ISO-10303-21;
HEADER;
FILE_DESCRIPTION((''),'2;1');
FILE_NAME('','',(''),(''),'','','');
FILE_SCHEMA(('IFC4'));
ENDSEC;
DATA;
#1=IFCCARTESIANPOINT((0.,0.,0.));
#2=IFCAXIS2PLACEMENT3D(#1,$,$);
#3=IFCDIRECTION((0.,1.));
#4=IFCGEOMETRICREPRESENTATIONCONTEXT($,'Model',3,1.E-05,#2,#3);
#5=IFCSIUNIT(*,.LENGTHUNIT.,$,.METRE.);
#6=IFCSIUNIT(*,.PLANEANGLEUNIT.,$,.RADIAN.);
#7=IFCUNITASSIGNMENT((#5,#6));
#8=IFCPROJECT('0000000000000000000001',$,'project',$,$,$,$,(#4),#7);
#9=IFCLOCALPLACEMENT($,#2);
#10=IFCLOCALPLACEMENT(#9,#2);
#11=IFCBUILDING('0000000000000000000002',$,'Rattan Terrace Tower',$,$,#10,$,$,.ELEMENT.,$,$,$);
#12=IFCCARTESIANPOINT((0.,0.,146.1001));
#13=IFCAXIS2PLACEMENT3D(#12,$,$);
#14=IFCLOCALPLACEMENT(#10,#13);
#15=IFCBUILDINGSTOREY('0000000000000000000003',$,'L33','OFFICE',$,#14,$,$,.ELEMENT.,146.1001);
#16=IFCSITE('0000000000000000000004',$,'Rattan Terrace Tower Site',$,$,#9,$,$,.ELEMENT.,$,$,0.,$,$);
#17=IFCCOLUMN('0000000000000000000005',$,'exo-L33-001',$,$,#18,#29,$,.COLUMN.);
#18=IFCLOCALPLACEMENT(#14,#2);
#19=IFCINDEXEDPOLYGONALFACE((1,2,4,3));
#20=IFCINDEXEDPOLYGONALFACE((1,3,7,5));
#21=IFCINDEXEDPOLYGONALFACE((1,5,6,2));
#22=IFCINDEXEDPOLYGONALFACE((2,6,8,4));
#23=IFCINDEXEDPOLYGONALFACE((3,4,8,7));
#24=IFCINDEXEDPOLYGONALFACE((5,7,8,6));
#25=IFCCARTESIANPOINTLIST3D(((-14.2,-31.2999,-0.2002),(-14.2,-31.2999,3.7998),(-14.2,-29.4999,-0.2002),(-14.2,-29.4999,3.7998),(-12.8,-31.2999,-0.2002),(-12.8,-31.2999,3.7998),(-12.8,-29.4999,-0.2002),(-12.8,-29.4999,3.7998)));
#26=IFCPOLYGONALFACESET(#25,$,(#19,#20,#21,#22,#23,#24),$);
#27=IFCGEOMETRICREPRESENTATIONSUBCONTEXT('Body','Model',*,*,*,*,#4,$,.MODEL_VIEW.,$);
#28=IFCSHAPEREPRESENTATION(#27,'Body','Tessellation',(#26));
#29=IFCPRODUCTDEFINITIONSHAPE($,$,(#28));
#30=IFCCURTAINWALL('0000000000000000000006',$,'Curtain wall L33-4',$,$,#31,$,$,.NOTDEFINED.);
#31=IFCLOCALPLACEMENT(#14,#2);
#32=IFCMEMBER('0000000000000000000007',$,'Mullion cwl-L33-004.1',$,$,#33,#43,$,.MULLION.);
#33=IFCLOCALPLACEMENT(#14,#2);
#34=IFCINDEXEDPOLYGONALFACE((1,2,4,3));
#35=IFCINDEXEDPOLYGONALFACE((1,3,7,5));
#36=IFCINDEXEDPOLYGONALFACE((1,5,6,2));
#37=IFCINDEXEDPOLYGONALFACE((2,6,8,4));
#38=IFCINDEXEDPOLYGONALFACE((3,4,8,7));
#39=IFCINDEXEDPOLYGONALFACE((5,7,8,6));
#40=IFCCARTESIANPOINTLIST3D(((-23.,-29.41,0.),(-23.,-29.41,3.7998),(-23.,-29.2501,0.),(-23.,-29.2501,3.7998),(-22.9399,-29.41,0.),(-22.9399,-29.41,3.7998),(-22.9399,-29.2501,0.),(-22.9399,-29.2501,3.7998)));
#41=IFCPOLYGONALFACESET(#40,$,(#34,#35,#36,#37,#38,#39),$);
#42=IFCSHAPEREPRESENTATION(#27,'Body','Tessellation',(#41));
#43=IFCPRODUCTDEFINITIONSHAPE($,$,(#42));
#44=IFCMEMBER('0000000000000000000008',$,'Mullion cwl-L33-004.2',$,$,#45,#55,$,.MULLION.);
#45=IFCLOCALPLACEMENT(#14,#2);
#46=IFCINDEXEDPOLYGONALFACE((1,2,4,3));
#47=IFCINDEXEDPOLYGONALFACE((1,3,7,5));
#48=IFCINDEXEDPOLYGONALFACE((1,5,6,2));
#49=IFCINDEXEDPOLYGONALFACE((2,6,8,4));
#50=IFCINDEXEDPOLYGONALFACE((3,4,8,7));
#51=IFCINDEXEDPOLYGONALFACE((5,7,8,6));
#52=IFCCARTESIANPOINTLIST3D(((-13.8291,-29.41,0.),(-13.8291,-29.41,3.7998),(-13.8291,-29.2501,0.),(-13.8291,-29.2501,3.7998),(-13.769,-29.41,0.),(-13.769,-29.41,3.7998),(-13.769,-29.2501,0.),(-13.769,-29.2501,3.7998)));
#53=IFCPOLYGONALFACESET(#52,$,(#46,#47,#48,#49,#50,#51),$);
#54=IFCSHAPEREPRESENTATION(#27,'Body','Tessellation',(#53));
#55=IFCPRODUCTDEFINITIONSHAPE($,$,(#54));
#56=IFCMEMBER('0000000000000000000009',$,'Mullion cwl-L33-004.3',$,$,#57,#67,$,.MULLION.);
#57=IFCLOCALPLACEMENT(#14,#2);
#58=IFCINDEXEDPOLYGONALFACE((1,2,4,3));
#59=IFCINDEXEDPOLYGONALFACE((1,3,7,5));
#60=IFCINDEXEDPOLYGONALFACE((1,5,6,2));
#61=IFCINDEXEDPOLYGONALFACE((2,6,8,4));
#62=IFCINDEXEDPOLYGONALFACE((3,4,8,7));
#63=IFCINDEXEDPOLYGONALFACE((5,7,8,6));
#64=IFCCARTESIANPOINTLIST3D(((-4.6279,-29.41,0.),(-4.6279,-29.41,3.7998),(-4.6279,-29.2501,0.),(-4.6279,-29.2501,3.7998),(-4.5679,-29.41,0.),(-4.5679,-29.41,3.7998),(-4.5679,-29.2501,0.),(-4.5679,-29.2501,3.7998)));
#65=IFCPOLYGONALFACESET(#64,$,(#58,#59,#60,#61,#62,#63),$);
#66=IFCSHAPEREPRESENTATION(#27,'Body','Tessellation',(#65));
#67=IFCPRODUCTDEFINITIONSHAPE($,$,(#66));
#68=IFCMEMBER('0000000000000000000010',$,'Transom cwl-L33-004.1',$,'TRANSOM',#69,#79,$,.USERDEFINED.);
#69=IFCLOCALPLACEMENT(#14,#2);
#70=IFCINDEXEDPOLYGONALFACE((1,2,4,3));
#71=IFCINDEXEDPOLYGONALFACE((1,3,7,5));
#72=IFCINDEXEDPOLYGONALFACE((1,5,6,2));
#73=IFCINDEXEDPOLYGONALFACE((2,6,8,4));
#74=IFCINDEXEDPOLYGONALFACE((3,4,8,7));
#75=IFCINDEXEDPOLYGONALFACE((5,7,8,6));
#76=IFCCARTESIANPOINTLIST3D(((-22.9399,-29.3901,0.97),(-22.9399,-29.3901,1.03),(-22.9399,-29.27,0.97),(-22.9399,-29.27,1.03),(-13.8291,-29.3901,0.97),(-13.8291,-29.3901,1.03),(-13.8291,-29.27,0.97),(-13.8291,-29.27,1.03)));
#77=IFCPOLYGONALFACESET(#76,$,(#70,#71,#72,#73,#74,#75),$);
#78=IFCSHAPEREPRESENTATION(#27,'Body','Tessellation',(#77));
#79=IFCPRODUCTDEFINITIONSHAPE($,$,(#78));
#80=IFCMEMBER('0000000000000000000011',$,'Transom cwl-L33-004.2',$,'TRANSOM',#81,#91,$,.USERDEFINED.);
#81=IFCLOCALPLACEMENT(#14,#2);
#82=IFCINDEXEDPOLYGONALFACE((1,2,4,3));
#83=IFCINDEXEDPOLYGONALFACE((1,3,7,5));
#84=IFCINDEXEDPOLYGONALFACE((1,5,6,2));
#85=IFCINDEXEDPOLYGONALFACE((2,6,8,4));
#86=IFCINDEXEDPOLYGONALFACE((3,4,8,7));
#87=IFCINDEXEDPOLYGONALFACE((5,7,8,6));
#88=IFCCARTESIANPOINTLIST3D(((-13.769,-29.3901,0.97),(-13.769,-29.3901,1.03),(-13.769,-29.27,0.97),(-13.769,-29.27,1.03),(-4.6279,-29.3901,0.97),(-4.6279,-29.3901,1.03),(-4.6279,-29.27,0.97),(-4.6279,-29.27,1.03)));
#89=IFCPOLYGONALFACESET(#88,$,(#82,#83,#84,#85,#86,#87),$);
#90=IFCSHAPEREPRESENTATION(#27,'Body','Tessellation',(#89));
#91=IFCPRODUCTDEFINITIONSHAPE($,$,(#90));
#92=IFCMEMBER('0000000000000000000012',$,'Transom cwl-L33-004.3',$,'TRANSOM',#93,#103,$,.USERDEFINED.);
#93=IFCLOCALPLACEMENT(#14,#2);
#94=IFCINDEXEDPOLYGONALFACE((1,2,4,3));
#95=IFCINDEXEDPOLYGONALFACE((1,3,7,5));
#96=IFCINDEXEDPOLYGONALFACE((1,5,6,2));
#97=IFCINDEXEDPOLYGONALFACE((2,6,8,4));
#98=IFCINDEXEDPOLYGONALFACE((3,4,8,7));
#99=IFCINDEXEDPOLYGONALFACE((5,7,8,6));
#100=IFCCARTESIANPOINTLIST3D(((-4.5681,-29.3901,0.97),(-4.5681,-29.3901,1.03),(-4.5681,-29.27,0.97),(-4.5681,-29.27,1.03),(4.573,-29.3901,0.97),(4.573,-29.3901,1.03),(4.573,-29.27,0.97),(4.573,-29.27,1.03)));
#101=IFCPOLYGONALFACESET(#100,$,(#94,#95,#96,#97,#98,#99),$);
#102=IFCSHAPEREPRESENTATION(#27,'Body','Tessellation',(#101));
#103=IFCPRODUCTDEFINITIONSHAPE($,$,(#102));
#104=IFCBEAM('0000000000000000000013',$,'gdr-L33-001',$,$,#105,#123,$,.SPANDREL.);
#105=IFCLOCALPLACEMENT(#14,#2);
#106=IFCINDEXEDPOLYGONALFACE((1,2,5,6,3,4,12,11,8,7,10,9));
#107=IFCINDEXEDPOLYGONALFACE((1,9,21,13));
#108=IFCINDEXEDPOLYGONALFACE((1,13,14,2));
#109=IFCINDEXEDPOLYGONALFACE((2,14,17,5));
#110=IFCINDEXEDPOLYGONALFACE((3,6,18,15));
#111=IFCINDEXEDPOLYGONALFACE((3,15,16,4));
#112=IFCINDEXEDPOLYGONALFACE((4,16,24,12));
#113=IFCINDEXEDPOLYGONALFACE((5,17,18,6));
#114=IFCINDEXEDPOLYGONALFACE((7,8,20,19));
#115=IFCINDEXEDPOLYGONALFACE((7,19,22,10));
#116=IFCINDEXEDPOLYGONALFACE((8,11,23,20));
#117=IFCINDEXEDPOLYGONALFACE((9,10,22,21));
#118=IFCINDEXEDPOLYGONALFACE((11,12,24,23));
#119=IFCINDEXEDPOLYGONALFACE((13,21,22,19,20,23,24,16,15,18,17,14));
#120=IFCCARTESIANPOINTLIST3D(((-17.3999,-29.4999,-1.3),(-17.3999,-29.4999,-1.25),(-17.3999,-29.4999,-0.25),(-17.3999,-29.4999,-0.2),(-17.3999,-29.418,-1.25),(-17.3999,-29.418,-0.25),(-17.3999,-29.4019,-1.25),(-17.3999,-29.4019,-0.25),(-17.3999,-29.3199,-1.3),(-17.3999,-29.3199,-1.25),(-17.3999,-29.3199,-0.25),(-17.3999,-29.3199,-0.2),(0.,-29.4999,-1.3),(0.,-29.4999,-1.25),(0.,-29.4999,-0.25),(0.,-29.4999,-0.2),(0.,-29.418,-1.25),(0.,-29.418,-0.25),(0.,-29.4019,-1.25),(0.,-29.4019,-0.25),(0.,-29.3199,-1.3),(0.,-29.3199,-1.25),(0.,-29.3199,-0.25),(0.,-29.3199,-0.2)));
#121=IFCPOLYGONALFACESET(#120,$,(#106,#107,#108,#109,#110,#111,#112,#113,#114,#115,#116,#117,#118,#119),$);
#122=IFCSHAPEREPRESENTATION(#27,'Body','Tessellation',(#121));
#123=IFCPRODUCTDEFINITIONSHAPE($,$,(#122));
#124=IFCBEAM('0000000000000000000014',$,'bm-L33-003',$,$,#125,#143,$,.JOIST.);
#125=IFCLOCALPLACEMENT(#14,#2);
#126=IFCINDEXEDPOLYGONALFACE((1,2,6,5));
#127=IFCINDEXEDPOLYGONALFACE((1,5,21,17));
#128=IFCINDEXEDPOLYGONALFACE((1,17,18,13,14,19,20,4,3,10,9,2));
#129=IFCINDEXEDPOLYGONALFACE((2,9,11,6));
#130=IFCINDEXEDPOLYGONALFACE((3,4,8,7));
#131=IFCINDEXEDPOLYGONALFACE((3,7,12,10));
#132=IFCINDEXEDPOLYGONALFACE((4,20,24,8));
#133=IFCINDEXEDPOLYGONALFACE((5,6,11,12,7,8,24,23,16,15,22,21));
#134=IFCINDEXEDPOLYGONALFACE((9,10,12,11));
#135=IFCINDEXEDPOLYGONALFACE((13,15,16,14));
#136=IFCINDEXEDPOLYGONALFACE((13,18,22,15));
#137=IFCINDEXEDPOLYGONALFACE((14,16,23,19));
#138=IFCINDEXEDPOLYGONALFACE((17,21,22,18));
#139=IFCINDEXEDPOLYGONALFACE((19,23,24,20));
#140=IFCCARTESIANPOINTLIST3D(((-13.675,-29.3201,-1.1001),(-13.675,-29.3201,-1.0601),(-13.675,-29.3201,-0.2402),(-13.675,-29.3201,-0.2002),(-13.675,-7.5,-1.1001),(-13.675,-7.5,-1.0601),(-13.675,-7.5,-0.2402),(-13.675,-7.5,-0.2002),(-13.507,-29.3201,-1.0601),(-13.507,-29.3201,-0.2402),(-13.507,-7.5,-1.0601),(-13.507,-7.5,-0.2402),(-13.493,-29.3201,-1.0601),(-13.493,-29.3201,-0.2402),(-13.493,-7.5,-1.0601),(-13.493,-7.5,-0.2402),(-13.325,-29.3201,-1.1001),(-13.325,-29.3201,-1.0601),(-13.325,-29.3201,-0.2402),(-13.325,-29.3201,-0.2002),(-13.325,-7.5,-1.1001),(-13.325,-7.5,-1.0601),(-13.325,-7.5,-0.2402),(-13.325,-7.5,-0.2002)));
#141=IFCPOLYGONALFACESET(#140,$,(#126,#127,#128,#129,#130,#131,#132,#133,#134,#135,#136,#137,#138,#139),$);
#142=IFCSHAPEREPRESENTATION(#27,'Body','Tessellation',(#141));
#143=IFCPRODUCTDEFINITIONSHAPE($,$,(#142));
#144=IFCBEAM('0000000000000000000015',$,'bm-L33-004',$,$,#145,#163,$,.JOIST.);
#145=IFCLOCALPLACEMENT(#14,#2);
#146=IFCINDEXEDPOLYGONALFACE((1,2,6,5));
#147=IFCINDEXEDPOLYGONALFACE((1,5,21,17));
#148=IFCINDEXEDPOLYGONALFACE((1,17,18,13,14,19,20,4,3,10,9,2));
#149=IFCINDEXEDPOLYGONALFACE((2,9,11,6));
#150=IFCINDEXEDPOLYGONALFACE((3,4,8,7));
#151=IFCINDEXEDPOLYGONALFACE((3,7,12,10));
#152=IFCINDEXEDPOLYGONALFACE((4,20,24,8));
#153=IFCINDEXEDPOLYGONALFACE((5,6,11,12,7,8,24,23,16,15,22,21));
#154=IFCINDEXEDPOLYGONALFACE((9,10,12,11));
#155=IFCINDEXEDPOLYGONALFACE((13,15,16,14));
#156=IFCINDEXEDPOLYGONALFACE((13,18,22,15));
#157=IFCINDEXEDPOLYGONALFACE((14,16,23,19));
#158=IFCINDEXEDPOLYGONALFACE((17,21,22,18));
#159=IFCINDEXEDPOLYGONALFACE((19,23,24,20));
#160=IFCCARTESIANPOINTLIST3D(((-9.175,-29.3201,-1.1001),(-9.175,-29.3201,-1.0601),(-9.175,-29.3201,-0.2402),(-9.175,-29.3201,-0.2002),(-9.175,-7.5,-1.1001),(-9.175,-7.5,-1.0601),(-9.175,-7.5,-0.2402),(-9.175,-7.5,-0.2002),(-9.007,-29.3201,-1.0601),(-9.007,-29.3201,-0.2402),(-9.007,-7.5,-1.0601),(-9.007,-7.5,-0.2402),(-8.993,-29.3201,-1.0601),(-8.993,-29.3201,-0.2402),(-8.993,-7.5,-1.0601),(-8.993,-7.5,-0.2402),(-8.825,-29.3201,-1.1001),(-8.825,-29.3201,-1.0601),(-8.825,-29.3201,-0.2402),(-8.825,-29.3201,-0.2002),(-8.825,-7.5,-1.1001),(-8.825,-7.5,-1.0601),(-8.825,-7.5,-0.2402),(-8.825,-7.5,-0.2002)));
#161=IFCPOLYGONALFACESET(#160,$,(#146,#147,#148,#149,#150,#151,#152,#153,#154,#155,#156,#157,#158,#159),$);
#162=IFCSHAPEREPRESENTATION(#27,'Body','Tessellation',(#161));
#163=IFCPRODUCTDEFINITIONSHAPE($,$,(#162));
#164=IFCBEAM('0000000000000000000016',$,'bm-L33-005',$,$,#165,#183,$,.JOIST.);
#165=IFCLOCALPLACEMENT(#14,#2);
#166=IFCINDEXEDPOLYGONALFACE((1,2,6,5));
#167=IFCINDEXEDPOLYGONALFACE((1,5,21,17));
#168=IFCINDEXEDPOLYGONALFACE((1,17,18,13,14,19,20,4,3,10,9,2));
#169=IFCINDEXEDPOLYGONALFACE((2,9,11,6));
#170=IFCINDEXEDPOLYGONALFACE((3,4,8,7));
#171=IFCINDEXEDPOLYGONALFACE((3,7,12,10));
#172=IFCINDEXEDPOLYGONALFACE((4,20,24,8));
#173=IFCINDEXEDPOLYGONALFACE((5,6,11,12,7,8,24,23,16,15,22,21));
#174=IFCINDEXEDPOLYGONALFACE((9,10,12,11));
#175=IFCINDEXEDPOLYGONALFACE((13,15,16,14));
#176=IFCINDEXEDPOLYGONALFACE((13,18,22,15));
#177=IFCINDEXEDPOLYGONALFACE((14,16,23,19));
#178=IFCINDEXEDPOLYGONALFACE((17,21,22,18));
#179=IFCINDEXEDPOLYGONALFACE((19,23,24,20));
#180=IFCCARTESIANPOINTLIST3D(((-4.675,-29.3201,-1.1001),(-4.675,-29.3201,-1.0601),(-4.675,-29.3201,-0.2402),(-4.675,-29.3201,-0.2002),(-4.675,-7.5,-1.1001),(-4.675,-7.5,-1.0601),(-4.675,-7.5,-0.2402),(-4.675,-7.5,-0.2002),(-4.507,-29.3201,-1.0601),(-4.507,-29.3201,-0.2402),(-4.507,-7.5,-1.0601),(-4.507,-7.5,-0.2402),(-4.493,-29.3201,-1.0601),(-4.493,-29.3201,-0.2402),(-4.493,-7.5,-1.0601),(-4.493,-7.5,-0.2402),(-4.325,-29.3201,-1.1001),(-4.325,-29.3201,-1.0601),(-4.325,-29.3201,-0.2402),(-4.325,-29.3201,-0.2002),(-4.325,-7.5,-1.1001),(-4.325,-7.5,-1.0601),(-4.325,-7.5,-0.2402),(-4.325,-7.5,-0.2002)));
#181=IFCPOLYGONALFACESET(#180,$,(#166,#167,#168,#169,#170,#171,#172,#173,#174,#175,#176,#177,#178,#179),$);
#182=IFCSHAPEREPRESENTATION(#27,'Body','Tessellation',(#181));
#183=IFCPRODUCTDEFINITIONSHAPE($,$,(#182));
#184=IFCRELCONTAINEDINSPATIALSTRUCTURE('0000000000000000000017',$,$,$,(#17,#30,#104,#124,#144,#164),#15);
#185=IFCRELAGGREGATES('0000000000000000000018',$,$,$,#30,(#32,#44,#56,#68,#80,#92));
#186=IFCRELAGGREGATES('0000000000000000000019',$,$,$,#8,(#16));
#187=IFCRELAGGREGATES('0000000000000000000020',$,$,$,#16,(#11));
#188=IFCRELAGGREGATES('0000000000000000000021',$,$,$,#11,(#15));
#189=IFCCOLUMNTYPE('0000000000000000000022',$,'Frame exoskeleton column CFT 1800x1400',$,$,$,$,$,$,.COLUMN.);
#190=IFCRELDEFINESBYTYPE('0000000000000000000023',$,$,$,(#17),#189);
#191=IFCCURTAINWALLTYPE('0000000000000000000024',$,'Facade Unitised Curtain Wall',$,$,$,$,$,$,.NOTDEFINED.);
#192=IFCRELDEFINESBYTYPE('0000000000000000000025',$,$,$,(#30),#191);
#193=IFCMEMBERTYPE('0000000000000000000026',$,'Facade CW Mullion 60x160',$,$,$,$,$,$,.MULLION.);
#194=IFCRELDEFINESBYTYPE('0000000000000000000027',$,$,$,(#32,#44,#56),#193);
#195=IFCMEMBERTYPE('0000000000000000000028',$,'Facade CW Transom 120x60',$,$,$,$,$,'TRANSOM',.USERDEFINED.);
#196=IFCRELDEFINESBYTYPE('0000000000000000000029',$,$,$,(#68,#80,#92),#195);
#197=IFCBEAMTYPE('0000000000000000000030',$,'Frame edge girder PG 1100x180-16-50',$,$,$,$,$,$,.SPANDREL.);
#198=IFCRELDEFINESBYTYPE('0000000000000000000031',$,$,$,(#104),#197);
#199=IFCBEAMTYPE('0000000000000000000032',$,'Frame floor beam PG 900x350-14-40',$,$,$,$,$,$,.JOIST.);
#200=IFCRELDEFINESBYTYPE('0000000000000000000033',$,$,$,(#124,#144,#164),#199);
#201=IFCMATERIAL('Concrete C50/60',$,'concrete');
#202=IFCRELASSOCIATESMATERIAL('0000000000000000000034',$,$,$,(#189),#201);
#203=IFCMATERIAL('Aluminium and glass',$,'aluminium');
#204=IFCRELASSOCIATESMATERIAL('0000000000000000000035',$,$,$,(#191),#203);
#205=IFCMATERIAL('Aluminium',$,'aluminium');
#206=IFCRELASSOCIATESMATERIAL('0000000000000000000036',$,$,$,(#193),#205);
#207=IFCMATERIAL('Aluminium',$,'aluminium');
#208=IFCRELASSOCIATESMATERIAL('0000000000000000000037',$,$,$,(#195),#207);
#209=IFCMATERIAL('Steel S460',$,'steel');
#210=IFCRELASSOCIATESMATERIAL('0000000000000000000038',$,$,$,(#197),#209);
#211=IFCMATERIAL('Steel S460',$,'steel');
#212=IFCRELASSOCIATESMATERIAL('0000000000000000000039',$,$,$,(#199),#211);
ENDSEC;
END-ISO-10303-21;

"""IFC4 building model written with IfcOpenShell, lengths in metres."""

from ifc_helpers import new_model, si_unit, direction, frame, origin, origin_2d, place, context, subcontext, project, spatial, rectangle, i_section, extrude, material, material_profile, profile_set, type_object, element, aggregate, save


model = new_model("IFC4")

# Units and contexts
model_context = context("Model", 3, precision=1e-05, world=origin(), true_north=direction((0.0, 1.0)))
body_context = subcontext(model_context, "Body", "Model", "MODEL_VIEW")
ifc_project = project(units=[si_unit("LENGTHUNIT", "METRE"), si_unit("PLANEANGLEUNIT", "RADIAN")], contexts=[model_context])

# Site, building, storey
site_placement = place(None, origin())
site = spatial("IfcSite", under=ifc_project, at=site_placement, Name="Rattan Terrace Tower Site", CompositionType="ELEMENT", RefElevation=0.0)
building_placement = place(site_placement, origin())
building = spatial("IfcBuilding", under=site, at=building_placement, Name="Rattan Terrace Tower", CompositionType="ELEMENT")
storey_placement = place(building_placement, frame((0.0, 0.0, 146.1001)))
storey = spatial("IfcBuildingStorey", under=building, at=storey_placement, Name="L33", Description="OFFICE", CompositionType="ELEMENT", Elevation=146.1001)

# Column
ifc_material_1 = material(Name="Concrete C50/60", Category="concrete")
ifc_material_profile_1 = material_profile(ifc_material_1, rectangle(XDim=1.3999, YDim=1.8, at=origin_2d()), Name="CFT 1800x1400")
ifc_profile_set_1 = profile_set([ifc_material_profile_1], Name="Concrete C50/60")
column_type = type_object("IfcColumnType", Name="Frame exoskeleton column CFT 1800x1400", PredefinedType="COLUMN", material=ifc_profile_set_1)
column_placement = place(storey_placement, frame((-13.5, -30.3999, -0.2002), z_axis=(0.0, 0.0, 1.0), x_axis=(1.0, 0.0, 0.0)))
element("IfcColumn", 1, at=column_placement, inside=storey, type_object=column_type, Name="exo-L33-001", PredefinedType="COLUMN", context=body_context, shape_type="SweptSolid", body=[
    extrude(rectangle(XDim=1.3999, YDim=1.8, at=origin_2d()), origin(), (0.0, 0.0, 1.0), 4.0),
])

# Curtain wall, members
ifc_material_2 = material(Name="Aluminium and glass", Category="aluminium")
curtain_wall_type = type_object("IfcCurtainWallType", Name="Facade Unitised Curtain Wall", PredefinedType="NOTDEFINED", material=ifc_material_2)
curtain_wall_placement = place(storey_placement, origin())
curtain_wall = element("IfcCurtainWall", 2, at=curtain_wall_placement, inside=storey, type_object=curtain_wall_type, Name="Curtain wall L33-4", PredefinedType="NOTDEFINED")
ifc_material_3 = material(Name="Aluminium", Category="aluminium")
ifc_material_profile_2 = material_profile(ifc_material_3, rectangle(XDim=0.0601, YDim=0.1599, at=origin_2d()), Name="Aluminium 60x160")
ifc_profile_set_2 = profile_set([ifc_material_profile_2], Name="Aluminium")
member_type_1 = type_object("IfcMemberType", Name="Facade CW Mullion 60x160", PredefinedType="MULLION", material=ifc_profile_set_2)
member_1_placement = place(storey_placement, frame((-22.97, -29.3301, 0.0), z_axis=(0.0, 0.0, 1.0), x_axis=(1.0, 0.0, 0.0)))
member_1 = element("IfcMember", 3, at=member_1_placement, type_object=member_type_1, Name="Mullion cwl-L33-004.1", PredefinedType="MULLION", context=body_context, shape_type="SweptSolid", body=[
    extrude(rectangle(XDim=0.0601, YDim=0.1599, at=origin_2d()), origin(), (0.0, 0.0, 1.0), 3.7998),
])
member_2_placement = place(storey_placement, frame((-13.7991, -29.3301, 0.0), z_axis=(0.0, 0.0, 1.0), x_axis=(1.0, 0.0, 0.0)))
member_2 = element("IfcMember", 4, at=member_2_placement, type_object=member_type_1, Name="Mullion cwl-L33-004.2", PredefinedType="MULLION", context=body_context, shape_type="SweptSolid", body=[
    extrude(rectangle(XDim=0.0601, YDim=0.1599, at=origin_2d()), origin(), (0.0, 0.0, 1.0), 3.7998),
])
member_3_placement = place(storey_placement, frame((-4.5979, -29.3301, 0.0), z_axis=(0.0, 0.0, 1.0), x_axis=(1.0, 0.0, 0.0)))
member_3 = element("IfcMember", 5, at=member_3_placement, type_object=member_type_1, Name="Mullion cwl-L33-004.3", PredefinedType="MULLION", context=body_context, shape_type="SweptSolid", body=[
    extrude(rectangle(XDim=0.0601, YDim=0.1599, at=origin_2d()), origin(), (0.0, 0.0, 1.0), 3.7998),
])
ifc_material_4 = material(Name="Aluminium", Category="aluminium")
ifc_material_profile_3 = material_profile(ifc_material_4, rectangle(XDim=0.1201, YDim=0.0601, at=origin_2d()), Name="Aluminium 120x60")
ifc_profile_set_3 = profile_set([ifc_material_profile_3], Name="Aluminium")
member_type_2 = type_object("IfcMemberType", Name="Facade CW Transom 120x60", ElementType="TRANSOM", PredefinedType="USERDEFINED", material=ifc_profile_set_3)
member_4_placement = place(storey_placement, frame((-22.9399, -29.3301, 1.0), z_axis=(1.0, 0.0, 0.0), x_axis=(0.0, 1.0, 0.0)))
member_4 = element("IfcMember", 6, at=member_4_placement, type_object=member_type_2, Name="Transom cwl-L33-004.1", ObjectType="TRANSOM", PredefinedType="USERDEFINED", context=body_context, shape_type="SweptSolid", body=[
    extrude(rectangle(XDim=0.1201, YDim=0.0601, at=origin_2d()), origin(), (0.0, 0.0, 1.0), 9.1108),
])
member_5_placement = place(storey_placement, frame((-13.769, -29.3301, 1.0), z_axis=(1.0, 0.0, 0.0), x_axis=(0.0, 1.0, 0.0)))
member_5 = element("IfcMember", 7, at=member_5_placement, type_object=member_type_2, Name="Transom cwl-L33-004.2", ObjectType="TRANSOM", PredefinedType="USERDEFINED", context=body_context, shape_type="SweptSolid", body=[
    extrude(rectangle(XDim=0.1201, YDim=0.0601, at=origin_2d()), origin(), (0.0, 0.0, 1.0), 9.1411),
])
member_6_placement = place(storey_placement, frame((-4.5681, -29.3301, 1.0), z_axis=(1.0, 0.0, 0.0), x_axis=(0.0, 1.0, 0.0)))
member_6 = element("IfcMember", 8, at=member_6_placement, type_object=member_type_2, Name="Transom cwl-L33-004.3", ObjectType="TRANSOM", PredefinedType="USERDEFINED", context=body_context, shape_type="SweptSolid", body=[
    extrude(rectangle(XDim=0.1201, YDim=0.0601, at=origin_2d()), origin(), (0.0, 0.0, 1.0), 9.1411),
])

# Beams
ifc_material_5 = material(Name="Steel S460", Category="steel")
ifc_material_profile_4 = material_profile(ifc_material_5, i_section(OverallWidth=0.1799, OverallDepth=1.1001, WebThickness=0.0161, FlangeThickness=0.05, at=origin_2d()), Name="PG 1100x180-16-50")
ifc_profile_set_4 = profile_set([ifc_material_profile_4], Name="Steel S460")
beam_type_1 = type_object("IfcBeamType", Name="Frame edge girder PG 1100x180-16-50", PredefinedType="SPANDREL", material=ifc_profile_set_4)
beam_placement = place(storey_placement, frame((-17.3999, -29.4099, -0.75), z_axis=(1.0, 0.0, 0.0), x_axis=(0.0, 1.0, 0.0)))
element("IfcBeam", 9, at=beam_placement, inside=storey, type_object=beam_type_1, Name="gdr-L33-001", PredefinedType="SPANDREL", context=body_context, shape_type="SweptSolid", body=[
    extrude(i_section(OverallWidth=0.1799, OverallDepth=1.1001, WebThickness=0.0161, FlangeThickness=0.05, at=origin_2d()), origin(), (0.0, 0.0, 1.0), 17.3999),
])
ifc_material_6 = material(Name="Steel S460", Category="steel")
ifc_material_profile_5 = material_profile(ifc_material_6, i_section(OverallWidth=0.3501, OverallDepth=0.8999, WebThickness=0.0139, FlangeThickness=0.04, at=origin_2d()), Name="PG 900x350-14-40")
ifc_profile_set_5 = profile_set([ifc_material_profile_5], Name="Steel S460")
beam_type_2 = type_object("IfcBeamType", Name="Frame floor beam PG 900x350-14-40", PredefinedType="JOIST", material=ifc_profile_set_5)
for number, where, z_axis, x_axis, name in (
    (10, (-13.5, -29.3201, -0.6501), (0.0, 1.0, 0.0), (-1.0, 0.0, 0.0), "bm-L33-003"),
    (11, (-9.0, -29.3201, -0.6501), (0.0, 1.0, 0.0), (-1.0, 0.0, 0.0), "bm-L33-004"),
    (12, (-4.5, -29.3201, -0.6501), (0.0, 1.0, 0.0), (-1.0, 0.0, 0.0), "bm-L33-005"),
):
    element("IfcBeam", number, at=place(storey_placement, frame(where, z_axis=z_axis, x_axis=x_axis)), inside=storey, type_object=beam_type_2, Name=name, PredefinedType="JOIST", context=body_context, shape_type="SweptSolid", body=[
        extrude(i_section(OverallWidth=0.3501, OverallDepth=0.8999, WebThickness=0.0139, FlangeThickness=0.04, at=origin_2d()), origin(), (0.0, 0.0, 1.0), 21.8201),
    ])

aggregate(curtain_wall, [member_1, member_2, member_3, member_4, member_5, member_6])

save(model, "model.ifc")
